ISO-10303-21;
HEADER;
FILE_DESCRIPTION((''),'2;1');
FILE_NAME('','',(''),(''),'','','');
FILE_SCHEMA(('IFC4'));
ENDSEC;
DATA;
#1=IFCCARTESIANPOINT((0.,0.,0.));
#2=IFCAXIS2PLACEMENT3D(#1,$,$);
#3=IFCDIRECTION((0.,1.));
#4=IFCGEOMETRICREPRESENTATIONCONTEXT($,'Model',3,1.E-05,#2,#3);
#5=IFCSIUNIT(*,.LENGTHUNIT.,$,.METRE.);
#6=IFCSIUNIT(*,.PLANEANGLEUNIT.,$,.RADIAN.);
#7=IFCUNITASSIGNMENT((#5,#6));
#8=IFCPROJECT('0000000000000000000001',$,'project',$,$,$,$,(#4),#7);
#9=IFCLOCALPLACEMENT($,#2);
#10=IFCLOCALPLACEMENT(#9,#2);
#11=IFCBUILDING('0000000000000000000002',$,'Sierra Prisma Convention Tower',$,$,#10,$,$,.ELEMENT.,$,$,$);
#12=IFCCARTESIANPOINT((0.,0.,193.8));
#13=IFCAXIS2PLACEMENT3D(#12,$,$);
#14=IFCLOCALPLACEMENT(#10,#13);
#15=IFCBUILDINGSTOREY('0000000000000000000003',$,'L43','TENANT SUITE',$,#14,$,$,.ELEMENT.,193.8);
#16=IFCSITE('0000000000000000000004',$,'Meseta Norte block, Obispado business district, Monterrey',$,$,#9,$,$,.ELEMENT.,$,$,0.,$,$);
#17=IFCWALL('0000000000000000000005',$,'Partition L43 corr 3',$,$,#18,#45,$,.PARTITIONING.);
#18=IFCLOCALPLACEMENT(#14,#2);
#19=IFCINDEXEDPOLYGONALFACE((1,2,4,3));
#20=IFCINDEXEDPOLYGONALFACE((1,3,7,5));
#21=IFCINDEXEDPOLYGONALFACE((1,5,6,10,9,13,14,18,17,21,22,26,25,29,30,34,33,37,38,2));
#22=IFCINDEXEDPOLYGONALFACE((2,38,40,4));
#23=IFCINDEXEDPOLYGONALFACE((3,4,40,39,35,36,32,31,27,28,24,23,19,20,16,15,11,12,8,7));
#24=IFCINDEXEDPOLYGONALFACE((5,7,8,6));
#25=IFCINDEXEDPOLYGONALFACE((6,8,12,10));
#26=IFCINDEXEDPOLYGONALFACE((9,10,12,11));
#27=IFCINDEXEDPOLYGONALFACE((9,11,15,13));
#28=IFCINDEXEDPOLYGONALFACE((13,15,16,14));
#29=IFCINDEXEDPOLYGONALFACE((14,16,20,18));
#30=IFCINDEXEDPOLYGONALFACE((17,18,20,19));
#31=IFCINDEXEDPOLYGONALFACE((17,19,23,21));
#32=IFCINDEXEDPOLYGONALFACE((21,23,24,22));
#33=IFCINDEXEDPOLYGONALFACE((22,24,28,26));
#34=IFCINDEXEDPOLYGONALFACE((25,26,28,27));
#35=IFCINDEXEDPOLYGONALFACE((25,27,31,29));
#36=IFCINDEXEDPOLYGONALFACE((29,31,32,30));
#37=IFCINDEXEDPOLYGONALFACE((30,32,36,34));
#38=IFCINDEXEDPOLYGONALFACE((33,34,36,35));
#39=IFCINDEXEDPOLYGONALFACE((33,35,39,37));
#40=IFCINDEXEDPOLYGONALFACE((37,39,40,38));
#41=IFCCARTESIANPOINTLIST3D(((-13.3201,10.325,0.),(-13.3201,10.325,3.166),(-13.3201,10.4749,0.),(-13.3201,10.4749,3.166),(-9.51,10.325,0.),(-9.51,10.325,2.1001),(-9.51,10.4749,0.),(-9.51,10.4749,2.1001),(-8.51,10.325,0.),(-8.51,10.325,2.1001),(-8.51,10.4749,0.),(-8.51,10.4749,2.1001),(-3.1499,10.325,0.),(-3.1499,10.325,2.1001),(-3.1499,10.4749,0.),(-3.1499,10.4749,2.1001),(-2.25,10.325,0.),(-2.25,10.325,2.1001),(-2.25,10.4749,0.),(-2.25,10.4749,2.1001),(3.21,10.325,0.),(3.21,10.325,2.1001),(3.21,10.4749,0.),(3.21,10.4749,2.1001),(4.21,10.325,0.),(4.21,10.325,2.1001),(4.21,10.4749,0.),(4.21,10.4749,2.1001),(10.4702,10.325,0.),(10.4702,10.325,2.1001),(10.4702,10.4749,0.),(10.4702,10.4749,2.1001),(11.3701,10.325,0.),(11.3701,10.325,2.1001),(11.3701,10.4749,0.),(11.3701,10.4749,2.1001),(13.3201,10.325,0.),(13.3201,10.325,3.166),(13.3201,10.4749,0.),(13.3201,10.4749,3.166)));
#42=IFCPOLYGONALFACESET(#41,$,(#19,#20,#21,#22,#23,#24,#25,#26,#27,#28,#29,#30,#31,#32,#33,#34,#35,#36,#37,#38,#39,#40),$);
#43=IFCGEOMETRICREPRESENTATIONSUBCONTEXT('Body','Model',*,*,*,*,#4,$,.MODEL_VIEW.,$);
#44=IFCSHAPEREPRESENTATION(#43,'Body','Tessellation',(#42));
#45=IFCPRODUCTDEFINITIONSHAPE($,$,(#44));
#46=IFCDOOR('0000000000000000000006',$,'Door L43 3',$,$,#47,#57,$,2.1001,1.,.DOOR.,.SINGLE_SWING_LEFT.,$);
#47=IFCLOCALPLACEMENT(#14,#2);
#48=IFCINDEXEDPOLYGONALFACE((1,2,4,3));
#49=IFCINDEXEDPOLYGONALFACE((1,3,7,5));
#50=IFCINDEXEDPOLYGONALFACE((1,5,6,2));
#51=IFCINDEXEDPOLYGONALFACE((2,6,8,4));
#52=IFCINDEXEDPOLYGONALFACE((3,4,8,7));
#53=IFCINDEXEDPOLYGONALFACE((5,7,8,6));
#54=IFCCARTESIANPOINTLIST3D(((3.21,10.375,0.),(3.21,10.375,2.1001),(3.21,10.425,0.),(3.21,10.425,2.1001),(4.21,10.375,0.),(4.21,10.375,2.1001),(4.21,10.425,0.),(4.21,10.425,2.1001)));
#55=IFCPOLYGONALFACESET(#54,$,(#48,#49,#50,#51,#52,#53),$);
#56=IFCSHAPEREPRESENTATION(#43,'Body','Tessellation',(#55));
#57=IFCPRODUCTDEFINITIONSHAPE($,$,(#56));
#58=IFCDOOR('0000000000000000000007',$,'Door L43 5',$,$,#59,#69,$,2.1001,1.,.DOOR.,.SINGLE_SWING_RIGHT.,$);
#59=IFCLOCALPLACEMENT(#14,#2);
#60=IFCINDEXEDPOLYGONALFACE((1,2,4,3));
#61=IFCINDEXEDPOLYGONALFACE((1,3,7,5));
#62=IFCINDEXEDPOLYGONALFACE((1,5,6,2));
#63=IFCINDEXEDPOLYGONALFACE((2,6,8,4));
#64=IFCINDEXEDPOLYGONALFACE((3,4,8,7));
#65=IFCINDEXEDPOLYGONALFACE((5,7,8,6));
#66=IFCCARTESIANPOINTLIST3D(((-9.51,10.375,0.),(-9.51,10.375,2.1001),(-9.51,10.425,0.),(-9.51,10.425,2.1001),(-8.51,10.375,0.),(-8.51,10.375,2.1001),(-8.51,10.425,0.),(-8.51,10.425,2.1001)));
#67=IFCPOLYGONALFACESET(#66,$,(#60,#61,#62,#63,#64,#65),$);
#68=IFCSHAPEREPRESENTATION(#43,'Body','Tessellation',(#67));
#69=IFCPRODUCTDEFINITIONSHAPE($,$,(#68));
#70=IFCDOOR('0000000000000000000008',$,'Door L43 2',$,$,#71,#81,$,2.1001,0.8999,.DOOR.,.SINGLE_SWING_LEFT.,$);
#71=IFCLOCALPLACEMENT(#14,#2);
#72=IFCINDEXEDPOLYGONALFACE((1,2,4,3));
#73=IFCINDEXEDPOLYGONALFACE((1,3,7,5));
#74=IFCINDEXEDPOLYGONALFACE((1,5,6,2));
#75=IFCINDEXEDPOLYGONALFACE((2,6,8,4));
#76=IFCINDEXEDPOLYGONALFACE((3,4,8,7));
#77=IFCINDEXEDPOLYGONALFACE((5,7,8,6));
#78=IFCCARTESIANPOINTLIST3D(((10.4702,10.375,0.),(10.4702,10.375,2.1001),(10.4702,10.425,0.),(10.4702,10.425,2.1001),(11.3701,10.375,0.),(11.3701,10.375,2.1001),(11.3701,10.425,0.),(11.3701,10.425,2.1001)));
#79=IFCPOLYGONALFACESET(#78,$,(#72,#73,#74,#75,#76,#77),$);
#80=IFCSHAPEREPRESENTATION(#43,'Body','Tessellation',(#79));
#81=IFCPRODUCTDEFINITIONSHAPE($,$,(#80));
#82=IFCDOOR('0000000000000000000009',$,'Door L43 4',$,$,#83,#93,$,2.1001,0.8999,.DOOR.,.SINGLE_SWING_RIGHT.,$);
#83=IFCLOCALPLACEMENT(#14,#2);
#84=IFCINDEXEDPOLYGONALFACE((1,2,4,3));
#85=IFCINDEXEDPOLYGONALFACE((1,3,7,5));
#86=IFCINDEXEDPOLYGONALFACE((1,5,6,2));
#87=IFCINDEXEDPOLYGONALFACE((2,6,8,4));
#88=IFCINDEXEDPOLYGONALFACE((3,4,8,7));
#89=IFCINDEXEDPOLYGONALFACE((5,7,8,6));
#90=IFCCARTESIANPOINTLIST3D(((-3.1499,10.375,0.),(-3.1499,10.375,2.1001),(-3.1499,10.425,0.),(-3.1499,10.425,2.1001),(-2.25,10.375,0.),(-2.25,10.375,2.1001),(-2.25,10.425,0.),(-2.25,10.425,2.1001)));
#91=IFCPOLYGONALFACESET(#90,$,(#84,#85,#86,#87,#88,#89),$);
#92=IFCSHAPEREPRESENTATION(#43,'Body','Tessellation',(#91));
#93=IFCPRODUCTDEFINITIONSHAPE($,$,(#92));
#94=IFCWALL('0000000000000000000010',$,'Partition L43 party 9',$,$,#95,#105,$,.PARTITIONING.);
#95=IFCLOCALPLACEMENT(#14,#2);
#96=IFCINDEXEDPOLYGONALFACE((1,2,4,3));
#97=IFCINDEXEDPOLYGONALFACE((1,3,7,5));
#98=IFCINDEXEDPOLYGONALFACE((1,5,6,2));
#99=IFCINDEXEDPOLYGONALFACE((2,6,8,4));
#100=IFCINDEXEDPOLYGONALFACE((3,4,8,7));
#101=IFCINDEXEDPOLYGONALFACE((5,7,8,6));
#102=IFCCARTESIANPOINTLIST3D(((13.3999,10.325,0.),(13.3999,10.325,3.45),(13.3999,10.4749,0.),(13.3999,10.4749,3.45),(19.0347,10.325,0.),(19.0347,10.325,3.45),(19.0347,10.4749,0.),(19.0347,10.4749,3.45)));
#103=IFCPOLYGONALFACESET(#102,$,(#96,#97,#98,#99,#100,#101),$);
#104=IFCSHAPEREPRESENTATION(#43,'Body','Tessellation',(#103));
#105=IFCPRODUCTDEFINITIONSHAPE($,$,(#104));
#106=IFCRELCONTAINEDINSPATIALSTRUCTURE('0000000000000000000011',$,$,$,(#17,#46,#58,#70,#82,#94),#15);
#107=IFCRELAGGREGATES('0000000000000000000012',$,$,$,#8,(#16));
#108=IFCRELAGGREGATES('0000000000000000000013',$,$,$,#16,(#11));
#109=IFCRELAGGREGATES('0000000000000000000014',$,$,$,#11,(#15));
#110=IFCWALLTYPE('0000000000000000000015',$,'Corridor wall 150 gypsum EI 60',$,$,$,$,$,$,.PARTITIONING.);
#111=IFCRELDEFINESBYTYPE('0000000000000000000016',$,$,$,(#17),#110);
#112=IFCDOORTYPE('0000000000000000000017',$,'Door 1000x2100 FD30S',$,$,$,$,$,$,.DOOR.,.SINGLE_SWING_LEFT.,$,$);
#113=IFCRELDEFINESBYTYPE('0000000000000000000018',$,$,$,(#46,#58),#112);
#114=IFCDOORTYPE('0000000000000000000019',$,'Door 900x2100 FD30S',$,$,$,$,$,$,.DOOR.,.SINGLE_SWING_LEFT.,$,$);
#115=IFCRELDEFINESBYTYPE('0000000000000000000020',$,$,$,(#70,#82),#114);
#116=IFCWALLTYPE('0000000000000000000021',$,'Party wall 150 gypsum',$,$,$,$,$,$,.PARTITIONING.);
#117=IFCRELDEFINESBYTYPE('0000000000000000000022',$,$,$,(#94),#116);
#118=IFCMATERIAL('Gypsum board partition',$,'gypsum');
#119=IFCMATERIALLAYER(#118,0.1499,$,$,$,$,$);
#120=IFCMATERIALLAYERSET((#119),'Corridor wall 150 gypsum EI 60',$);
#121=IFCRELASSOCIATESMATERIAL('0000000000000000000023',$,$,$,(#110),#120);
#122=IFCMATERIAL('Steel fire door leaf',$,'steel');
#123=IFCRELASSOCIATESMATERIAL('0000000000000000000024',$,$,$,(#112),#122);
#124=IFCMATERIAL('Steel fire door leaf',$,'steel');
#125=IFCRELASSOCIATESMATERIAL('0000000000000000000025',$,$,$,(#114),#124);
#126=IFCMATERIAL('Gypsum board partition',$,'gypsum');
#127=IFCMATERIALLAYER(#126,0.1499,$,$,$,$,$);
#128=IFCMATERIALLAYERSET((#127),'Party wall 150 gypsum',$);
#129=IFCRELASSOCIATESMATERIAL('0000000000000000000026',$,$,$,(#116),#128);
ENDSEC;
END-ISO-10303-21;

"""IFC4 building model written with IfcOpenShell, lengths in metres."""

from ifc_helpers import new_model, si_unit, direction, frame, frame_2d, origin, place, context, subcontext, project, spatial, rectangle, extrude, material, layer, layer_set, type_object, element, fill, save


model = new_model("IFC4")

# Units and contexts
model_context = context("Model", 3, precision=1e-05, world=origin(), true_north=direction((0.0, 1.0)))
body_context = subcontext(model_context, "Body", "Model", "MODEL_VIEW")
ifc_project = project(units=[si_unit("LENGTHUNIT", "METRE"), si_unit("PLANEANGLEUNIT", "RADIAN")], contexts=[model_context])

# Site, building, storey
site_placement = place(None, origin())
site = spatial("IfcSite", under=ifc_project, at=site_placement, Name="Meseta Norte block, Obispado business district, Monterrey", CompositionType="ELEMENT", RefElevation=0.0)
building_placement = place(site_placement, origin())
building = spatial("IfcBuilding", under=site, at=building_placement, Name="Sierra Prisma Convention Tower", CompositionType="ELEMENT")
storey_placement = place(building_placement, frame((0.0, 0.0, 193.8)))
storey = spatial("IfcBuildingStorey", under=building, at=storey_placement, Name="L43", Description="TENANT SUITE", CompositionType="ELEMENT", Elevation=193.8)

# Wall, openings, doors
ifc_material_1 = material(Name="Gypsum board partition", Category="gypsum")
ifc_layer_1 = layer(ifc_material_1, 0.1499)
ifc_layer_set_1 = layer_set([ifc_layer_1], Name="Corridor wall 150 gypsum EI 60")
wall_type_1 = type_object("IfcWallType", Name="Corridor wall 150 gypsum EI 60", PredefinedType="PARTITIONING", material=ifc_layer_set_1)
wall_1_placement = place(storey_placement, frame((13.3201, 10.3999, 0.0), z_axis=(0.0, 0.0, 1.0), x_axis=(-1.0, 0.0, 0.0)))
wall_1 = element("IfcWall", 1, at=wall_1_placement, inside=storey, type_object=wall_type_1, Name="Partition L43 corr 3", PredefinedType="PARTITIONING", context=body_context, shape_type="SweptSolid", body=[
    extrude(rectangle(XDim=26.6401, YDim=0.1499, at=frame_2d((13.3201, 0.0))), origin(), (0.0, 0.0, 1.0), 3.166),
])
opening_1_placement = place(wall_1_placement, frame((1.95, 0.0, 0.0)))
opening_1 = element("IfcOpeningElement", 2, at=opening_1_placement, cuts=wall_1, PredefinedType="OPENING", context=body_context, shape_type="SweptSolid", body=[
    extrude(rectangle(XDim=0.8999, YDim=2.1001, at=frame_2d((0.45, 1.05))), frame((0.0, 0.075, 0.0), z_axis=(0.0, -1.0, 0.0), x_axis=(1.0, 0.0, 0.0)), (0.0, 0.0, 1.0), 0.1499),
])
opening_2_placement = place(wall_1_placement, frame((9.1101, 0.0, 0.0)))
opening_2 = element("IfcOpeningElement", 3, at=opening_2_placement, cuts=wall_1, PredefinedType="OPENING", context=body_context, shape_type="SweptSolid", body=[
    extrude(rectangle(XDim=1.0, YDim=2.1001, at=frame_2d((0.5, 1.05))), frame((0.0, 0.075, 0.0), z_axis=(0.0, -1.0, 0.0), x_axis=(1.0, 0.0, 0.0)), (0.0, 0.0, 1.0), 0.1499),
])
opening_3_placement = place(wall_1_placement, frame((15.5701, 0.0, 0.0)))
opening_3 = element("IfcOpeningElement", 4, at=opening_3_placement, cuts=wall_1, PredefinedType="OPENING", context=body_context, shape_type="SweptSolid", body=[
    extrude(rectangle(XDim=0.8999, YDim=2.1001, at=frame_2d((0.45, 1.05))), frame((0.0, 0.075, 0.0), z_axis=(0.0, -1.0, 0.0), x_axis=(1.0, 0.0, 0.0)), (0.0, 0.0, 1.0), 0.1499),
])
opening_4_placement = place(wall_1_placement, frame((21.8301, 0.0, 0.0)))
opening_4 = element("IfcOpeningElement", 5, at=opening_4_placement, cuts=wall_1, PredefinedType="OPENING", context=body_context, shape_type="SweptSolid", body=[
    extrude(rectangle(XDim=1.0, YDim=2.1001, at=frame_2d((0.5, 1.05))), frame((0.0, 0.075, 0.0), z_axis=(0.0, -1.0, 0.0), x_axis=(1.0, 0.0, 0.0)), (0.0, 0.0, 1.0), 0.1499),
])
ifc_material_2 = material(Name="Steel fire door leaf", Category="steel")
door_type_1 = type_object("IfcDoorType", Name="Door 1000x2100 FD30S", OperationType="SINGLE_SWING_LEFT", PredefinedType="DOOR", material=ifc_material_2)
door_1_placement = place(opening_2_placement, origin())
door_1 = element("IfcDoor", 6, at=door_1_placement, inside=storey, type_object=door_type_1, Name="Door L43 3", OperationType="SINGLE_SWING_LEFT", OverallHeight=2.1001, OverallWidth=1.0, PredefinedType="DOOR", context=body_context, shape_type="SweptSolid", body=[
    extrude(rectangle(XDim=1.0, YDim=2.1001, at=frame_2d((0.5, 1.05))), frame((0.0, 0.0249, 0.0), z_axis=(0.0, -1.0, 0.0), x_axis=(1.0, 0.0, 0.0)), (0.0, 0.0, 1.0), 0.05),
])
fill(opening_2, door_1)
door_2_placement = place(opening_4_placement, origin())
door_2 = element("IfcDoor", 7, at=door_2_placement, inside=storey, type_object=door_type_1, Name="Door L43 5", OperationType="SINGLE_SWING_RIGHT", OverallHeight=2.1001, OverallWidth=1.0, PredefinedType="DOOR", context=body_context, shape_type="SweptSolid", body=[
    extrude(rectangle(XDim=1.0, YDim=2.1001, at=frame_2d((0.5, 1.05))), frame((0.0, 0.0249, 0.0), z_axis=(0.0, -1.0, 0.0), x_axis=(1.0, 0.0, 0.0)), (0.0, 0.0, 1.0), 0.05),
])
fill(opening_4, door_2)
ifc_material_3 = material(Name="Steel fire door leaf", Category="steel")
door_type_2 = type_object("IfcDoorType", Name="Door 900x2100 FD30S", OperationType="SINGLE_SWING_LEFT", PredefinedType="DOOR", material=ifc_material_3)
door_3_placement = place(opening_1_placement, origin())
door_3 = element("IfcDoor", 8, at=door_3_placement, inside=storey, type_object=door_type_2, Name="Door L43 2", OperationType="SINGLE_SWING_LEFT", OverallHeight=2.1001, OverallWidth=0.8999, PredefinedType="DOOR", context=body_context, shape_type="SweptSolid", body=[
    extrude(rectangle(XDim=0.8999, YDim=2.1001, at=frame_2d((0.45, 1.05))), frame((0.0, 0.0249, 0.0), z_axis=(0.0, -1.0, 0.0), x_axis=(1.0, 0.0, 0.0)), (0.0, 0.0, 1.0), 0.05),
])
fill(opening_1, door_3)
door_4_placement = place(opening_3_placement, origin())
door_4 = element("IfcDoor", 9, at=door_4_placement, inside=storey, type_object=door_type_2, Name="Door L43 4", OperationType="SINGLE_SWING_RIGHT", OverallHeight=2.1001, OverallWidth=0.8999, PredefinedType="DOOR", context=body_context, shape_type="SweptSolid", body=[
    extrude(rectangle(XDim=0.8999, YDim=2.1001, at=frame_2d((0.45, 1.05))), frame((0.0, 0.0249, 0.0), z_axis=(0.0, -1.0, 0.0), x_axis=(1.0, 0.0, 0.0)), (0.0, 0.0, 1.0), 0.05),
])
fill(opening_3, door_4)

# Wall
ifc_material_4 = material(Name="Gypsum board partition", Category="gypsum")
ifc_layer_2 = layer(ifc_material_4, 0.1499)
ifc_layer_set_2 = layer_set([ifc_layer_2], Name="Party wall 150 gypsum")
wall_type_2 = type_object("IfcWallType", Name="Party wall 150 gypsum", PredefinedType="PARTITIONING", material=ifc_layer_set_2)
wall_2_placement = place(storey_placement, frame((13.3999, 10.3999, 0.0), z_axis=(0.0, 0.0, 1.0), x_axis=(1.0, 0.0, 0.0)))
element("IfcWall", 10, at=wall_2_placement, inside=storey, type_object=wall_type_2, Name="Partition L43 party 9", PredefinedType="PARTITIONING", context=body_context, shape_type="SweptSolid", body=[
    extrude(rectangle(XDim=5.6348, YDim=0.1499, at=frame_2d((2.8174, 0.0))), origin(), (0.0, 0.0, 1.0), 3.45),
])

save(model, "model.ifc")
